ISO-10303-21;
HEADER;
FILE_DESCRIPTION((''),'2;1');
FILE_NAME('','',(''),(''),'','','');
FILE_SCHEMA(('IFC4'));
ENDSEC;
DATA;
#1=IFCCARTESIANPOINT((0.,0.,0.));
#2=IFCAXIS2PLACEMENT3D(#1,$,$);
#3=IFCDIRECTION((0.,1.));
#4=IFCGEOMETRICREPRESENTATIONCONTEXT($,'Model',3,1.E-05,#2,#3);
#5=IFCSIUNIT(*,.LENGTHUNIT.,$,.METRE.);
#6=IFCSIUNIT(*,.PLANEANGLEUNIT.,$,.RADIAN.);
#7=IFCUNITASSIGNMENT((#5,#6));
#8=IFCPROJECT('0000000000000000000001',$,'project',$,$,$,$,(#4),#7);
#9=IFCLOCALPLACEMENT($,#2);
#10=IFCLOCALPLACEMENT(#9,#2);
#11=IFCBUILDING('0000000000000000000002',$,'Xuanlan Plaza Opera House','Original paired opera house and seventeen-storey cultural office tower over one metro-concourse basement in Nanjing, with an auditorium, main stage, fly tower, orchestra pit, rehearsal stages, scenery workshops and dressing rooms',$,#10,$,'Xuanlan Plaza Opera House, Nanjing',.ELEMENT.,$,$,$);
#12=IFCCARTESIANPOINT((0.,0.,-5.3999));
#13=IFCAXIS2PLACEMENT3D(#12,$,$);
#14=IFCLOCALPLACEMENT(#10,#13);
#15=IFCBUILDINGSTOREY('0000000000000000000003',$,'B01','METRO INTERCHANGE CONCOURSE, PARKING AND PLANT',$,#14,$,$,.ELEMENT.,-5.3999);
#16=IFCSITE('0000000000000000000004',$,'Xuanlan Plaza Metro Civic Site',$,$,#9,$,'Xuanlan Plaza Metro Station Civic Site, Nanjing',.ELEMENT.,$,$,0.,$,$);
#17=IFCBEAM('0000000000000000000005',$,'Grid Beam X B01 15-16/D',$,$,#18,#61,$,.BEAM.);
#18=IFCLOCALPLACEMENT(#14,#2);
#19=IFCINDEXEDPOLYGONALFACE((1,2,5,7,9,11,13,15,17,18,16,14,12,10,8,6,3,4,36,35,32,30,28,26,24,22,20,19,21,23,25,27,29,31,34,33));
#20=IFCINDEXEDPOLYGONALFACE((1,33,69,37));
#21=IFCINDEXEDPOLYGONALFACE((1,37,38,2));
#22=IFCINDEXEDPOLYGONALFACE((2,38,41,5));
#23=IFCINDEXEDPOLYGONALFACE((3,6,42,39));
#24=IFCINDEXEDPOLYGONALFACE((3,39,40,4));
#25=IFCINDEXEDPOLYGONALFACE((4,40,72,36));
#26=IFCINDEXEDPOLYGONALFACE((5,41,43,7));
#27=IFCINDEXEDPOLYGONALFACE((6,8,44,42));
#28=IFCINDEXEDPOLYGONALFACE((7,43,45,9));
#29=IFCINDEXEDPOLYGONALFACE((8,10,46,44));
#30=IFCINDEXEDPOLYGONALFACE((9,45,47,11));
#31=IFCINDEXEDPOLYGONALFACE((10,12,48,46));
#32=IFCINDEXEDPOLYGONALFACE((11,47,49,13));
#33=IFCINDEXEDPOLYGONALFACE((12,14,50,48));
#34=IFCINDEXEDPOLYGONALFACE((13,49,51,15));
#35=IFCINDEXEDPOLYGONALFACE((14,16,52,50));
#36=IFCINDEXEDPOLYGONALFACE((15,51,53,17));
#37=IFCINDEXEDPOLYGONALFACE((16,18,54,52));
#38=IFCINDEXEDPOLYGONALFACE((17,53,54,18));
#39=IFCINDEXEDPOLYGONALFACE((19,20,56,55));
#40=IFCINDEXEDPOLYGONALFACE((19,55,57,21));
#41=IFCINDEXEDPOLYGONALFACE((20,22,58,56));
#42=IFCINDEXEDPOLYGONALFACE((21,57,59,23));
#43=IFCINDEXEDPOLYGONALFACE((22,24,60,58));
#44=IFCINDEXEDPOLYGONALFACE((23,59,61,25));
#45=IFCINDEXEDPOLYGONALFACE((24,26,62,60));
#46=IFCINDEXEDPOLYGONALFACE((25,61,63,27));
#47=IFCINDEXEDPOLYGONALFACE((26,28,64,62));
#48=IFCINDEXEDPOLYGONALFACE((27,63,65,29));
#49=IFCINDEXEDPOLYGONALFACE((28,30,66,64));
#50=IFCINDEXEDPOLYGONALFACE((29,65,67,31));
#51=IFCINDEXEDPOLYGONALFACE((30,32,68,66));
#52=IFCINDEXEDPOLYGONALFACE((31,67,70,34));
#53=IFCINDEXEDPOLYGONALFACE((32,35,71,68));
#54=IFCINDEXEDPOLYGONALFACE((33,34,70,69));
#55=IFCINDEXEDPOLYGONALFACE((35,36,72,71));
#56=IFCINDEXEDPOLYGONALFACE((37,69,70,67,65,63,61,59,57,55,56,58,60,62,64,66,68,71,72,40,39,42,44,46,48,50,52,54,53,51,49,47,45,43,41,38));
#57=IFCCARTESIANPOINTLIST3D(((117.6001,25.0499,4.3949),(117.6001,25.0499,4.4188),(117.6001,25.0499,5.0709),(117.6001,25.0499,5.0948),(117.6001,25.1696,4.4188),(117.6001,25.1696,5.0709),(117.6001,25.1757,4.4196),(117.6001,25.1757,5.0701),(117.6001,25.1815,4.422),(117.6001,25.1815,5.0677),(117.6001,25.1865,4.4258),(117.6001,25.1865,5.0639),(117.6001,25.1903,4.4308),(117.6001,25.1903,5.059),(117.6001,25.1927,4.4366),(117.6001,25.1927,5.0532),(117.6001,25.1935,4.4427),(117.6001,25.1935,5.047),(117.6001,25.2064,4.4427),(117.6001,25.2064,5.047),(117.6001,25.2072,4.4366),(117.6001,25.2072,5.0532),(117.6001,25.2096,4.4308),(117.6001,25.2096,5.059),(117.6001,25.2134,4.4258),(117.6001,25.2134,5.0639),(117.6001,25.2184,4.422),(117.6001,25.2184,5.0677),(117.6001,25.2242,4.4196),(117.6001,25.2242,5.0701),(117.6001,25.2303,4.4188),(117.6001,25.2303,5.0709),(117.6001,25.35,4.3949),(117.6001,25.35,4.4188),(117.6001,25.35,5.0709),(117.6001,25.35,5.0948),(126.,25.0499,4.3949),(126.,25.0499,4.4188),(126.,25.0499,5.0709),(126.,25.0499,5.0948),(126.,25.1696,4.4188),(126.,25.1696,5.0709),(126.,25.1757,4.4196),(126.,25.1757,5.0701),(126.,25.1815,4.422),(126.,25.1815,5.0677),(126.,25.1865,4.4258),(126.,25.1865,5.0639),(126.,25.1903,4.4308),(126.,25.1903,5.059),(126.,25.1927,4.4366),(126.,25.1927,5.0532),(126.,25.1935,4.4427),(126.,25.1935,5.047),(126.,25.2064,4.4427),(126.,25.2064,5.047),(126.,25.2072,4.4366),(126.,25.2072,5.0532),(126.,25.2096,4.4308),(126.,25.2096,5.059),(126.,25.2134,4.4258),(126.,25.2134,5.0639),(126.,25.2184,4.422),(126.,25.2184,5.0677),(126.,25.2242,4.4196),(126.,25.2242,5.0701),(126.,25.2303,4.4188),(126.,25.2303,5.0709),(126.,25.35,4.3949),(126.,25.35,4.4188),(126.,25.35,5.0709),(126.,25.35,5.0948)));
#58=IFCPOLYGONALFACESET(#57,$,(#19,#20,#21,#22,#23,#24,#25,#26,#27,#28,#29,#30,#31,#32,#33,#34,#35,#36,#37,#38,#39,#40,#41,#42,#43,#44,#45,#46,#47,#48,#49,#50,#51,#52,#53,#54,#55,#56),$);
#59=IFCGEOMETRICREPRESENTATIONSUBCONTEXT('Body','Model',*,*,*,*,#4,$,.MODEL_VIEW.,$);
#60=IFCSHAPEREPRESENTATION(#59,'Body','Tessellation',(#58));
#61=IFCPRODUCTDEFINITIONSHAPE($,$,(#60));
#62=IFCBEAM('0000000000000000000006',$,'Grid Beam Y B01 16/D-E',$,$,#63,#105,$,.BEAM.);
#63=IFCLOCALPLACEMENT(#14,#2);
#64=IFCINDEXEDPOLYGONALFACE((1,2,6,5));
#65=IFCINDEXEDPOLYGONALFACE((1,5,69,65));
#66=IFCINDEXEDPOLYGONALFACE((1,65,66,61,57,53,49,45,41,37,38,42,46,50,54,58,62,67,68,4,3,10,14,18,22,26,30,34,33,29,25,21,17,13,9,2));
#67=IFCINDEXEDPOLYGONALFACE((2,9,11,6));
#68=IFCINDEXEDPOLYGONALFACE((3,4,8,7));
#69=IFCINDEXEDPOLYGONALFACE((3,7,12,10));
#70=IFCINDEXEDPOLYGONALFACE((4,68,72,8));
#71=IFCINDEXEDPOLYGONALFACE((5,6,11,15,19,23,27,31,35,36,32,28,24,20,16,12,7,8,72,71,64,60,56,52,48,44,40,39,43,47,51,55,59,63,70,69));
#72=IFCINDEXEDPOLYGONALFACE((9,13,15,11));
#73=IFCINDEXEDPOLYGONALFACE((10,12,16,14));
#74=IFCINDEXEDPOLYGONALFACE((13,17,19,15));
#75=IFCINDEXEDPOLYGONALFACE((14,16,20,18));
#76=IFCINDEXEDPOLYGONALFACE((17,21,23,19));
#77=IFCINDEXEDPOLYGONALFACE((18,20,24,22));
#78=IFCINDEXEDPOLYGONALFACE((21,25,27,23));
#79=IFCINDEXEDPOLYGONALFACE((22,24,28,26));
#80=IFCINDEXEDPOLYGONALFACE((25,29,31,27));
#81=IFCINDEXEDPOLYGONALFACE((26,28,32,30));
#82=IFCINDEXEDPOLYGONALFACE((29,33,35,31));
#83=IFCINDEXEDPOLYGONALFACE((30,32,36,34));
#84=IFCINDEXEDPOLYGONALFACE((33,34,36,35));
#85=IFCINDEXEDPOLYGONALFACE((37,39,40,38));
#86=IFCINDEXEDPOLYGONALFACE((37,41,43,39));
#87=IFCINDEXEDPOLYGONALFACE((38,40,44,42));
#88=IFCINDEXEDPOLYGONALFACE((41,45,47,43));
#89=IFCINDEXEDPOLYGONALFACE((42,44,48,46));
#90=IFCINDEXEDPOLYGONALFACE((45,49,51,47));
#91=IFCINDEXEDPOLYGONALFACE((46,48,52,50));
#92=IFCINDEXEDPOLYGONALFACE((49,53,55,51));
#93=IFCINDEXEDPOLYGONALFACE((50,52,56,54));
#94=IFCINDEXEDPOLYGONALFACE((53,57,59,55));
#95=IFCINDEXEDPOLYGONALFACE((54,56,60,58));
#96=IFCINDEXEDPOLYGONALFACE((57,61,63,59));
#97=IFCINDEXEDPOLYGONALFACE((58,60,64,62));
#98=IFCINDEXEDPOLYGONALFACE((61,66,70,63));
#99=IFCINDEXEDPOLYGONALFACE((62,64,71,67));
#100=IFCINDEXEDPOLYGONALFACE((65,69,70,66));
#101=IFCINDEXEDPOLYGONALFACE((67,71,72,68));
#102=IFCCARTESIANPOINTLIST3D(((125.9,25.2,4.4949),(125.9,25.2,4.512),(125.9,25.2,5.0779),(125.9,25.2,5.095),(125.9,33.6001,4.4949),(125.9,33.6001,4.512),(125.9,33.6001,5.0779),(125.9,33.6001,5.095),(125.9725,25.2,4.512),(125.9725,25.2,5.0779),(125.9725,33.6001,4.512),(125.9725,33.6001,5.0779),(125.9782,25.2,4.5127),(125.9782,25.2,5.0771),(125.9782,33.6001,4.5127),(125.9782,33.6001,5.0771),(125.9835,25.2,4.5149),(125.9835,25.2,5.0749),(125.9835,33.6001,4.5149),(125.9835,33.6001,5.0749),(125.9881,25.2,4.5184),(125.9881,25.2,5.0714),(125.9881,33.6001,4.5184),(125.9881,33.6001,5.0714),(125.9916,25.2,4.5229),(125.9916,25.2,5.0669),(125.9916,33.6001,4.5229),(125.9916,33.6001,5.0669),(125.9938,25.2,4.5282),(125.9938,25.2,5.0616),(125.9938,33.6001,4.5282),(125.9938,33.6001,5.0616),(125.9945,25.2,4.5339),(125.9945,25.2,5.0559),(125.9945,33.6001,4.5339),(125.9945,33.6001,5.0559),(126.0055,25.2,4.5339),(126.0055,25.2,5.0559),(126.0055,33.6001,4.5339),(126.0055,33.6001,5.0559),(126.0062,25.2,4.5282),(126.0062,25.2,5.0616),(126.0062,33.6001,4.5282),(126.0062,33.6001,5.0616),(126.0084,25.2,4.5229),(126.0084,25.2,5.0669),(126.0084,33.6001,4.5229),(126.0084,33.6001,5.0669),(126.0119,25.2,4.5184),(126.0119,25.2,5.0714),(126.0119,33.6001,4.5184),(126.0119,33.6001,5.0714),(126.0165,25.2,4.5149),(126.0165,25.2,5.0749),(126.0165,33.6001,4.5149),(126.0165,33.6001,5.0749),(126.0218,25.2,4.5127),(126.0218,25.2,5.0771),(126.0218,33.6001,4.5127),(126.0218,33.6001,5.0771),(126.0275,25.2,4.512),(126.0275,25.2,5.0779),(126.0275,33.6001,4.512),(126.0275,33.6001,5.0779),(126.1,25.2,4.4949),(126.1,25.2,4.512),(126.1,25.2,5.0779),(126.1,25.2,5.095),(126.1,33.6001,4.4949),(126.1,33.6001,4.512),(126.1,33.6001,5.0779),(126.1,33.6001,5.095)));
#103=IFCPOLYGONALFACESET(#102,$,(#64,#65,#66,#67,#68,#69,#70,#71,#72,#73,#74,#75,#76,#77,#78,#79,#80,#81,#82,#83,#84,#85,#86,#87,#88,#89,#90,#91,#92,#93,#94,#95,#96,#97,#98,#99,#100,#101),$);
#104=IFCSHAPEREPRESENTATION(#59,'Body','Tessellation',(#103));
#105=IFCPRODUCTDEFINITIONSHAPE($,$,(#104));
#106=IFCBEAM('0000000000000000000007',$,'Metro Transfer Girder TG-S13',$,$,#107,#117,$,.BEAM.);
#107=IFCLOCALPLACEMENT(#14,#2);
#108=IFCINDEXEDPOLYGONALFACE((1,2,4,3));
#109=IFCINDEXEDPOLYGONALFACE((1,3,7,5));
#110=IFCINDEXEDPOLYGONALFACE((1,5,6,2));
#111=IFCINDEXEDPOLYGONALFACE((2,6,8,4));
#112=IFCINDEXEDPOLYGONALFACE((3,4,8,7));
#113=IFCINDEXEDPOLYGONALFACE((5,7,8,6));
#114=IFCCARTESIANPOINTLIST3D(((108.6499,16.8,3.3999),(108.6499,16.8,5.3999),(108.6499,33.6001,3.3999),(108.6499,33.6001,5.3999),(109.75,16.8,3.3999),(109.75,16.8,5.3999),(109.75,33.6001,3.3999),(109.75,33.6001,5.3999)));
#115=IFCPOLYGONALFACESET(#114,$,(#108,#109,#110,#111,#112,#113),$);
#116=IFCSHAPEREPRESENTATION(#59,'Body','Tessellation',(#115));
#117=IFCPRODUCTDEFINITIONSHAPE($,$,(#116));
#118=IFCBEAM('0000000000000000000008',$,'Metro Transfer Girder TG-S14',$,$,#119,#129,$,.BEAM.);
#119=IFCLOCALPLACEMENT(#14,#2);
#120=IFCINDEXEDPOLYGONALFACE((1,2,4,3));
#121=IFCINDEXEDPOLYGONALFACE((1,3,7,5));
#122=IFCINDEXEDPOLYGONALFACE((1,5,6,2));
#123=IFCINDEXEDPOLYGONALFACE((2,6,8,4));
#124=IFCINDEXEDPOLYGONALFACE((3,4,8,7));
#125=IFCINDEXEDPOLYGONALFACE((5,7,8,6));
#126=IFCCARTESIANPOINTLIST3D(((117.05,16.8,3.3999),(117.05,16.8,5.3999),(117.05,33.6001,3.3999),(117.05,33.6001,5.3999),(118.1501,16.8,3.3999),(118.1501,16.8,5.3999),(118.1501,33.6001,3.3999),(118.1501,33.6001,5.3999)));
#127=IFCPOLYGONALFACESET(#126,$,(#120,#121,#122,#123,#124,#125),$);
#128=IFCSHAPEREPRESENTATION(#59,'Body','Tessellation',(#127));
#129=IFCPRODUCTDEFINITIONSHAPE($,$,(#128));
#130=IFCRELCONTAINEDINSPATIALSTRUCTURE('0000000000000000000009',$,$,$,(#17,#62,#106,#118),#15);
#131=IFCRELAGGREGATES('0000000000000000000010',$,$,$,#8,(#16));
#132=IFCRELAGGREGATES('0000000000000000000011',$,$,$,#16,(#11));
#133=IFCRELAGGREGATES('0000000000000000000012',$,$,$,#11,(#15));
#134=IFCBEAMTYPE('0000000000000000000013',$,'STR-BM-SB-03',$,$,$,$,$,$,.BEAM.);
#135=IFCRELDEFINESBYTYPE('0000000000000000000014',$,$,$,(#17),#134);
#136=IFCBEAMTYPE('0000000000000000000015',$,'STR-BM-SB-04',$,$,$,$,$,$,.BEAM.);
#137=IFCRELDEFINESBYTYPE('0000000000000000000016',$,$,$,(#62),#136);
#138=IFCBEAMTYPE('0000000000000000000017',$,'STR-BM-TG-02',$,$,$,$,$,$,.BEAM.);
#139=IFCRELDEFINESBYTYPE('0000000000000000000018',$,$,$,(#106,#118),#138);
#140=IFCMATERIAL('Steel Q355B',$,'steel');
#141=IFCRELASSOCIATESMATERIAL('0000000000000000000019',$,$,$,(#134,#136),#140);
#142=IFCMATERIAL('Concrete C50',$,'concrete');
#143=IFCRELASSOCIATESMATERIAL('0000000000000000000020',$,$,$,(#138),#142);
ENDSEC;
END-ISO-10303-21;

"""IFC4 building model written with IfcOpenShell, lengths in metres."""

from ifc_helpers import new_model, si_unit, direction, frame, origin, origin_2d, place, context, subcontext, project, spatial, rectangle, i_section, extrude, material, material_profile, profile_set, type_object, element, save


model = new_model("IFC4")

# Units and contexts
model_context = context("Model", 3, precision=1e-05, world=origin(), true_north=direction((0.0, 1.0)))
body_context = subcontext(model_context, "Body", "Model", "MODEL_VIEW")
ifc_project = project(units=[si_unit("LENGTHUNIT", "METRE"), si_unit("PLANEANGLEUNIT", "RADIAN")], contexts=[model_context])

# Site, building, storey
site_placement = place(None, origin())
site = spatial("IfcSite", under=ifc_project, at=site_placement, Name="Xuanlan Plaza Metro Civic Site", LongName="Xuanlan Plaza Metro Station Civic Site, Nanjing", CompositionType="ELEMENT", RefElevation=0.0)
building_placement = place(site_placement, origin())
building = spatial("IfcBuilding", under=site, at=building_placement, Name="Xuanlan Plaza Opera House", Description="Original paired opera house and seventeen-storey cultural office tower over one metro-concourse basement in Nanjing, with an auditorium, main stage, fly tower, orchestra pit, rehearsal stages, scenery workshops and dressing rooms", LongName="Xuanlan Plaza Opera House, Nanjing", CompositionType="ELEMENT")
storey_placement = place(building_placement, frame((0.0, 0.0, -5.3999)))
storey = spatial("IfcBuildingStorey", under=building, at=storey_placement, Name="B01", Description="METRO INTERCHANGE CONCOURSE, PARKING AND PLANT", CompositionType="ELEMENT", Elevation=-5.3999)

# Shared definitions
ifc_material_1 = material(Name="Concrete C50", Category="concrete")

# Beams
ifc_material_2 = material(Name="Steel Q355B", Category="steel")
ifc_material_profile_1 = material_profile(ifc_material_2, i_section(OverallWidth=0.3, OverallDepth=0.7, WebThickness=0.0129, FlangeThickness=0.0239, FilletRadius=0.0239, at=origin_2d()), Name="HN 700x300x13x24")
ifc_profile_set_1 = profile_set([ifc_material_profile_1], Name="Steel Q355B")
beam_type_1 = type_object("IfcBeamType", Name="STR-BM-SB-03", PredefinedType="BEAM", material=ifc_profile_set_1)
for number, where, z_axis, x_axis, name in (
    (1, (117.6001, 25.2, 4.7449), (1.0, 0.0, 0.0), (0.0, 1.0, 0.0), "Grid Beam X B01 15-16/D"),
):
    element("IfcBeam", number, at=place(storey_placement, frame(where, z_axis=z_axis, x_axis=x_axis)), inside=storey, type_object=beam_type_1, Name=name, PredefinedType="BEAM", context=body_context, shape_type="SweptSolid", body=[
        extrude(i_section(OverallWidth=0.3, OverallDepth=0.7, WebThickness=0.0129, FlangeThickness=0.0239, FilletRadius=0.0239, at=origin_2d()), origin(), (0.0, 0.0, 1.0), 8.3999),
    ])
ifc_material_profile_2 = material_profile(ifc_material_2, i_section(OverallWidth=0.2, OverallDepth=0.6001, WebThickness=0.011, FlangeThickness=0.0171, FilletRadius=0.022, at=origin_2d()), Name="HN 600x200x11x17")
ifc_profile_set_2 = profile_set([ifc_material_profile_2], Name="Steel Q355B")
beam_type_2 = type_object("IfcBeamType", Name="STR-BM-SB-04", PredefinedType="BEAM", material=ifc_profile_set_2)
beam_1_placement = place(storey_placement, frame((126.0, 25.2, 4.7949), z_axis=(0.0, 1.0, 0.0), x_axis=(-1.0, 0.0, 0.0)))
element("IfcBeam", 2, at=beam_1_placement, inside=storey, type_object=beam_type_2, Name="Grid Beam Y B01 16/D-E", PredefinedType="BEAM", context=body_context, shape_type="SweptSolid", body=[
    extrude(i_section(OverallWidth=0.2, OverallDepth=0.6001, WebThickness=0.011, FlangeThickness=0.0171, FilletRadius=0.022, at=origin_2d()), origin(), (0.0, 0.0, 1.0), 8.4001),
])
ifc_material_profile_3 = material_profile(ifc_material_1, rectangle(XDim=1.1001, YDim=2.0, at=origin_2d()), Name="RC-TG 1100x2000")
ifc_profile_set_3 = profile_set([ifc_material_profile_3], Name="Concrete C50")
beam_type_3 = type_object("IfcBeamType", Name="STR-BM-TG-02", PredefinedType="BEAM", material=ifc_profile_set_3)
for number, where, z_axis, x_axis, name in (
    (3, (109.2, 16.8, 4.3999), (0.0, 1.0, 0.0), (-1.0, 0.0, 0.0), "Metro Transfer Girder TG-S13"),
    (4, (117.6001, 16.8, 4.3999), (0.0, 1.0, 0.0), (-1.0, 0.0, 0.0), "Metro Transfer Girder TG-S14"),
):
    element("IfcBeam", number, at=place(storey_placement, frame(where, z_axis=z_axis, x_axis=x_axis)), inside=storey, type_object=beam_type_3, Name=name, PredefinedType="BEAM", context=body_context, shape_type="SweptSolid", body=[
        extrude(rectangle(XDim=1.1001, YDim=2.0, at=origin_2d()), origin(), (0.0, 0.0, 1.0), 16.8),
    ])

save(model, "model.ifc")
